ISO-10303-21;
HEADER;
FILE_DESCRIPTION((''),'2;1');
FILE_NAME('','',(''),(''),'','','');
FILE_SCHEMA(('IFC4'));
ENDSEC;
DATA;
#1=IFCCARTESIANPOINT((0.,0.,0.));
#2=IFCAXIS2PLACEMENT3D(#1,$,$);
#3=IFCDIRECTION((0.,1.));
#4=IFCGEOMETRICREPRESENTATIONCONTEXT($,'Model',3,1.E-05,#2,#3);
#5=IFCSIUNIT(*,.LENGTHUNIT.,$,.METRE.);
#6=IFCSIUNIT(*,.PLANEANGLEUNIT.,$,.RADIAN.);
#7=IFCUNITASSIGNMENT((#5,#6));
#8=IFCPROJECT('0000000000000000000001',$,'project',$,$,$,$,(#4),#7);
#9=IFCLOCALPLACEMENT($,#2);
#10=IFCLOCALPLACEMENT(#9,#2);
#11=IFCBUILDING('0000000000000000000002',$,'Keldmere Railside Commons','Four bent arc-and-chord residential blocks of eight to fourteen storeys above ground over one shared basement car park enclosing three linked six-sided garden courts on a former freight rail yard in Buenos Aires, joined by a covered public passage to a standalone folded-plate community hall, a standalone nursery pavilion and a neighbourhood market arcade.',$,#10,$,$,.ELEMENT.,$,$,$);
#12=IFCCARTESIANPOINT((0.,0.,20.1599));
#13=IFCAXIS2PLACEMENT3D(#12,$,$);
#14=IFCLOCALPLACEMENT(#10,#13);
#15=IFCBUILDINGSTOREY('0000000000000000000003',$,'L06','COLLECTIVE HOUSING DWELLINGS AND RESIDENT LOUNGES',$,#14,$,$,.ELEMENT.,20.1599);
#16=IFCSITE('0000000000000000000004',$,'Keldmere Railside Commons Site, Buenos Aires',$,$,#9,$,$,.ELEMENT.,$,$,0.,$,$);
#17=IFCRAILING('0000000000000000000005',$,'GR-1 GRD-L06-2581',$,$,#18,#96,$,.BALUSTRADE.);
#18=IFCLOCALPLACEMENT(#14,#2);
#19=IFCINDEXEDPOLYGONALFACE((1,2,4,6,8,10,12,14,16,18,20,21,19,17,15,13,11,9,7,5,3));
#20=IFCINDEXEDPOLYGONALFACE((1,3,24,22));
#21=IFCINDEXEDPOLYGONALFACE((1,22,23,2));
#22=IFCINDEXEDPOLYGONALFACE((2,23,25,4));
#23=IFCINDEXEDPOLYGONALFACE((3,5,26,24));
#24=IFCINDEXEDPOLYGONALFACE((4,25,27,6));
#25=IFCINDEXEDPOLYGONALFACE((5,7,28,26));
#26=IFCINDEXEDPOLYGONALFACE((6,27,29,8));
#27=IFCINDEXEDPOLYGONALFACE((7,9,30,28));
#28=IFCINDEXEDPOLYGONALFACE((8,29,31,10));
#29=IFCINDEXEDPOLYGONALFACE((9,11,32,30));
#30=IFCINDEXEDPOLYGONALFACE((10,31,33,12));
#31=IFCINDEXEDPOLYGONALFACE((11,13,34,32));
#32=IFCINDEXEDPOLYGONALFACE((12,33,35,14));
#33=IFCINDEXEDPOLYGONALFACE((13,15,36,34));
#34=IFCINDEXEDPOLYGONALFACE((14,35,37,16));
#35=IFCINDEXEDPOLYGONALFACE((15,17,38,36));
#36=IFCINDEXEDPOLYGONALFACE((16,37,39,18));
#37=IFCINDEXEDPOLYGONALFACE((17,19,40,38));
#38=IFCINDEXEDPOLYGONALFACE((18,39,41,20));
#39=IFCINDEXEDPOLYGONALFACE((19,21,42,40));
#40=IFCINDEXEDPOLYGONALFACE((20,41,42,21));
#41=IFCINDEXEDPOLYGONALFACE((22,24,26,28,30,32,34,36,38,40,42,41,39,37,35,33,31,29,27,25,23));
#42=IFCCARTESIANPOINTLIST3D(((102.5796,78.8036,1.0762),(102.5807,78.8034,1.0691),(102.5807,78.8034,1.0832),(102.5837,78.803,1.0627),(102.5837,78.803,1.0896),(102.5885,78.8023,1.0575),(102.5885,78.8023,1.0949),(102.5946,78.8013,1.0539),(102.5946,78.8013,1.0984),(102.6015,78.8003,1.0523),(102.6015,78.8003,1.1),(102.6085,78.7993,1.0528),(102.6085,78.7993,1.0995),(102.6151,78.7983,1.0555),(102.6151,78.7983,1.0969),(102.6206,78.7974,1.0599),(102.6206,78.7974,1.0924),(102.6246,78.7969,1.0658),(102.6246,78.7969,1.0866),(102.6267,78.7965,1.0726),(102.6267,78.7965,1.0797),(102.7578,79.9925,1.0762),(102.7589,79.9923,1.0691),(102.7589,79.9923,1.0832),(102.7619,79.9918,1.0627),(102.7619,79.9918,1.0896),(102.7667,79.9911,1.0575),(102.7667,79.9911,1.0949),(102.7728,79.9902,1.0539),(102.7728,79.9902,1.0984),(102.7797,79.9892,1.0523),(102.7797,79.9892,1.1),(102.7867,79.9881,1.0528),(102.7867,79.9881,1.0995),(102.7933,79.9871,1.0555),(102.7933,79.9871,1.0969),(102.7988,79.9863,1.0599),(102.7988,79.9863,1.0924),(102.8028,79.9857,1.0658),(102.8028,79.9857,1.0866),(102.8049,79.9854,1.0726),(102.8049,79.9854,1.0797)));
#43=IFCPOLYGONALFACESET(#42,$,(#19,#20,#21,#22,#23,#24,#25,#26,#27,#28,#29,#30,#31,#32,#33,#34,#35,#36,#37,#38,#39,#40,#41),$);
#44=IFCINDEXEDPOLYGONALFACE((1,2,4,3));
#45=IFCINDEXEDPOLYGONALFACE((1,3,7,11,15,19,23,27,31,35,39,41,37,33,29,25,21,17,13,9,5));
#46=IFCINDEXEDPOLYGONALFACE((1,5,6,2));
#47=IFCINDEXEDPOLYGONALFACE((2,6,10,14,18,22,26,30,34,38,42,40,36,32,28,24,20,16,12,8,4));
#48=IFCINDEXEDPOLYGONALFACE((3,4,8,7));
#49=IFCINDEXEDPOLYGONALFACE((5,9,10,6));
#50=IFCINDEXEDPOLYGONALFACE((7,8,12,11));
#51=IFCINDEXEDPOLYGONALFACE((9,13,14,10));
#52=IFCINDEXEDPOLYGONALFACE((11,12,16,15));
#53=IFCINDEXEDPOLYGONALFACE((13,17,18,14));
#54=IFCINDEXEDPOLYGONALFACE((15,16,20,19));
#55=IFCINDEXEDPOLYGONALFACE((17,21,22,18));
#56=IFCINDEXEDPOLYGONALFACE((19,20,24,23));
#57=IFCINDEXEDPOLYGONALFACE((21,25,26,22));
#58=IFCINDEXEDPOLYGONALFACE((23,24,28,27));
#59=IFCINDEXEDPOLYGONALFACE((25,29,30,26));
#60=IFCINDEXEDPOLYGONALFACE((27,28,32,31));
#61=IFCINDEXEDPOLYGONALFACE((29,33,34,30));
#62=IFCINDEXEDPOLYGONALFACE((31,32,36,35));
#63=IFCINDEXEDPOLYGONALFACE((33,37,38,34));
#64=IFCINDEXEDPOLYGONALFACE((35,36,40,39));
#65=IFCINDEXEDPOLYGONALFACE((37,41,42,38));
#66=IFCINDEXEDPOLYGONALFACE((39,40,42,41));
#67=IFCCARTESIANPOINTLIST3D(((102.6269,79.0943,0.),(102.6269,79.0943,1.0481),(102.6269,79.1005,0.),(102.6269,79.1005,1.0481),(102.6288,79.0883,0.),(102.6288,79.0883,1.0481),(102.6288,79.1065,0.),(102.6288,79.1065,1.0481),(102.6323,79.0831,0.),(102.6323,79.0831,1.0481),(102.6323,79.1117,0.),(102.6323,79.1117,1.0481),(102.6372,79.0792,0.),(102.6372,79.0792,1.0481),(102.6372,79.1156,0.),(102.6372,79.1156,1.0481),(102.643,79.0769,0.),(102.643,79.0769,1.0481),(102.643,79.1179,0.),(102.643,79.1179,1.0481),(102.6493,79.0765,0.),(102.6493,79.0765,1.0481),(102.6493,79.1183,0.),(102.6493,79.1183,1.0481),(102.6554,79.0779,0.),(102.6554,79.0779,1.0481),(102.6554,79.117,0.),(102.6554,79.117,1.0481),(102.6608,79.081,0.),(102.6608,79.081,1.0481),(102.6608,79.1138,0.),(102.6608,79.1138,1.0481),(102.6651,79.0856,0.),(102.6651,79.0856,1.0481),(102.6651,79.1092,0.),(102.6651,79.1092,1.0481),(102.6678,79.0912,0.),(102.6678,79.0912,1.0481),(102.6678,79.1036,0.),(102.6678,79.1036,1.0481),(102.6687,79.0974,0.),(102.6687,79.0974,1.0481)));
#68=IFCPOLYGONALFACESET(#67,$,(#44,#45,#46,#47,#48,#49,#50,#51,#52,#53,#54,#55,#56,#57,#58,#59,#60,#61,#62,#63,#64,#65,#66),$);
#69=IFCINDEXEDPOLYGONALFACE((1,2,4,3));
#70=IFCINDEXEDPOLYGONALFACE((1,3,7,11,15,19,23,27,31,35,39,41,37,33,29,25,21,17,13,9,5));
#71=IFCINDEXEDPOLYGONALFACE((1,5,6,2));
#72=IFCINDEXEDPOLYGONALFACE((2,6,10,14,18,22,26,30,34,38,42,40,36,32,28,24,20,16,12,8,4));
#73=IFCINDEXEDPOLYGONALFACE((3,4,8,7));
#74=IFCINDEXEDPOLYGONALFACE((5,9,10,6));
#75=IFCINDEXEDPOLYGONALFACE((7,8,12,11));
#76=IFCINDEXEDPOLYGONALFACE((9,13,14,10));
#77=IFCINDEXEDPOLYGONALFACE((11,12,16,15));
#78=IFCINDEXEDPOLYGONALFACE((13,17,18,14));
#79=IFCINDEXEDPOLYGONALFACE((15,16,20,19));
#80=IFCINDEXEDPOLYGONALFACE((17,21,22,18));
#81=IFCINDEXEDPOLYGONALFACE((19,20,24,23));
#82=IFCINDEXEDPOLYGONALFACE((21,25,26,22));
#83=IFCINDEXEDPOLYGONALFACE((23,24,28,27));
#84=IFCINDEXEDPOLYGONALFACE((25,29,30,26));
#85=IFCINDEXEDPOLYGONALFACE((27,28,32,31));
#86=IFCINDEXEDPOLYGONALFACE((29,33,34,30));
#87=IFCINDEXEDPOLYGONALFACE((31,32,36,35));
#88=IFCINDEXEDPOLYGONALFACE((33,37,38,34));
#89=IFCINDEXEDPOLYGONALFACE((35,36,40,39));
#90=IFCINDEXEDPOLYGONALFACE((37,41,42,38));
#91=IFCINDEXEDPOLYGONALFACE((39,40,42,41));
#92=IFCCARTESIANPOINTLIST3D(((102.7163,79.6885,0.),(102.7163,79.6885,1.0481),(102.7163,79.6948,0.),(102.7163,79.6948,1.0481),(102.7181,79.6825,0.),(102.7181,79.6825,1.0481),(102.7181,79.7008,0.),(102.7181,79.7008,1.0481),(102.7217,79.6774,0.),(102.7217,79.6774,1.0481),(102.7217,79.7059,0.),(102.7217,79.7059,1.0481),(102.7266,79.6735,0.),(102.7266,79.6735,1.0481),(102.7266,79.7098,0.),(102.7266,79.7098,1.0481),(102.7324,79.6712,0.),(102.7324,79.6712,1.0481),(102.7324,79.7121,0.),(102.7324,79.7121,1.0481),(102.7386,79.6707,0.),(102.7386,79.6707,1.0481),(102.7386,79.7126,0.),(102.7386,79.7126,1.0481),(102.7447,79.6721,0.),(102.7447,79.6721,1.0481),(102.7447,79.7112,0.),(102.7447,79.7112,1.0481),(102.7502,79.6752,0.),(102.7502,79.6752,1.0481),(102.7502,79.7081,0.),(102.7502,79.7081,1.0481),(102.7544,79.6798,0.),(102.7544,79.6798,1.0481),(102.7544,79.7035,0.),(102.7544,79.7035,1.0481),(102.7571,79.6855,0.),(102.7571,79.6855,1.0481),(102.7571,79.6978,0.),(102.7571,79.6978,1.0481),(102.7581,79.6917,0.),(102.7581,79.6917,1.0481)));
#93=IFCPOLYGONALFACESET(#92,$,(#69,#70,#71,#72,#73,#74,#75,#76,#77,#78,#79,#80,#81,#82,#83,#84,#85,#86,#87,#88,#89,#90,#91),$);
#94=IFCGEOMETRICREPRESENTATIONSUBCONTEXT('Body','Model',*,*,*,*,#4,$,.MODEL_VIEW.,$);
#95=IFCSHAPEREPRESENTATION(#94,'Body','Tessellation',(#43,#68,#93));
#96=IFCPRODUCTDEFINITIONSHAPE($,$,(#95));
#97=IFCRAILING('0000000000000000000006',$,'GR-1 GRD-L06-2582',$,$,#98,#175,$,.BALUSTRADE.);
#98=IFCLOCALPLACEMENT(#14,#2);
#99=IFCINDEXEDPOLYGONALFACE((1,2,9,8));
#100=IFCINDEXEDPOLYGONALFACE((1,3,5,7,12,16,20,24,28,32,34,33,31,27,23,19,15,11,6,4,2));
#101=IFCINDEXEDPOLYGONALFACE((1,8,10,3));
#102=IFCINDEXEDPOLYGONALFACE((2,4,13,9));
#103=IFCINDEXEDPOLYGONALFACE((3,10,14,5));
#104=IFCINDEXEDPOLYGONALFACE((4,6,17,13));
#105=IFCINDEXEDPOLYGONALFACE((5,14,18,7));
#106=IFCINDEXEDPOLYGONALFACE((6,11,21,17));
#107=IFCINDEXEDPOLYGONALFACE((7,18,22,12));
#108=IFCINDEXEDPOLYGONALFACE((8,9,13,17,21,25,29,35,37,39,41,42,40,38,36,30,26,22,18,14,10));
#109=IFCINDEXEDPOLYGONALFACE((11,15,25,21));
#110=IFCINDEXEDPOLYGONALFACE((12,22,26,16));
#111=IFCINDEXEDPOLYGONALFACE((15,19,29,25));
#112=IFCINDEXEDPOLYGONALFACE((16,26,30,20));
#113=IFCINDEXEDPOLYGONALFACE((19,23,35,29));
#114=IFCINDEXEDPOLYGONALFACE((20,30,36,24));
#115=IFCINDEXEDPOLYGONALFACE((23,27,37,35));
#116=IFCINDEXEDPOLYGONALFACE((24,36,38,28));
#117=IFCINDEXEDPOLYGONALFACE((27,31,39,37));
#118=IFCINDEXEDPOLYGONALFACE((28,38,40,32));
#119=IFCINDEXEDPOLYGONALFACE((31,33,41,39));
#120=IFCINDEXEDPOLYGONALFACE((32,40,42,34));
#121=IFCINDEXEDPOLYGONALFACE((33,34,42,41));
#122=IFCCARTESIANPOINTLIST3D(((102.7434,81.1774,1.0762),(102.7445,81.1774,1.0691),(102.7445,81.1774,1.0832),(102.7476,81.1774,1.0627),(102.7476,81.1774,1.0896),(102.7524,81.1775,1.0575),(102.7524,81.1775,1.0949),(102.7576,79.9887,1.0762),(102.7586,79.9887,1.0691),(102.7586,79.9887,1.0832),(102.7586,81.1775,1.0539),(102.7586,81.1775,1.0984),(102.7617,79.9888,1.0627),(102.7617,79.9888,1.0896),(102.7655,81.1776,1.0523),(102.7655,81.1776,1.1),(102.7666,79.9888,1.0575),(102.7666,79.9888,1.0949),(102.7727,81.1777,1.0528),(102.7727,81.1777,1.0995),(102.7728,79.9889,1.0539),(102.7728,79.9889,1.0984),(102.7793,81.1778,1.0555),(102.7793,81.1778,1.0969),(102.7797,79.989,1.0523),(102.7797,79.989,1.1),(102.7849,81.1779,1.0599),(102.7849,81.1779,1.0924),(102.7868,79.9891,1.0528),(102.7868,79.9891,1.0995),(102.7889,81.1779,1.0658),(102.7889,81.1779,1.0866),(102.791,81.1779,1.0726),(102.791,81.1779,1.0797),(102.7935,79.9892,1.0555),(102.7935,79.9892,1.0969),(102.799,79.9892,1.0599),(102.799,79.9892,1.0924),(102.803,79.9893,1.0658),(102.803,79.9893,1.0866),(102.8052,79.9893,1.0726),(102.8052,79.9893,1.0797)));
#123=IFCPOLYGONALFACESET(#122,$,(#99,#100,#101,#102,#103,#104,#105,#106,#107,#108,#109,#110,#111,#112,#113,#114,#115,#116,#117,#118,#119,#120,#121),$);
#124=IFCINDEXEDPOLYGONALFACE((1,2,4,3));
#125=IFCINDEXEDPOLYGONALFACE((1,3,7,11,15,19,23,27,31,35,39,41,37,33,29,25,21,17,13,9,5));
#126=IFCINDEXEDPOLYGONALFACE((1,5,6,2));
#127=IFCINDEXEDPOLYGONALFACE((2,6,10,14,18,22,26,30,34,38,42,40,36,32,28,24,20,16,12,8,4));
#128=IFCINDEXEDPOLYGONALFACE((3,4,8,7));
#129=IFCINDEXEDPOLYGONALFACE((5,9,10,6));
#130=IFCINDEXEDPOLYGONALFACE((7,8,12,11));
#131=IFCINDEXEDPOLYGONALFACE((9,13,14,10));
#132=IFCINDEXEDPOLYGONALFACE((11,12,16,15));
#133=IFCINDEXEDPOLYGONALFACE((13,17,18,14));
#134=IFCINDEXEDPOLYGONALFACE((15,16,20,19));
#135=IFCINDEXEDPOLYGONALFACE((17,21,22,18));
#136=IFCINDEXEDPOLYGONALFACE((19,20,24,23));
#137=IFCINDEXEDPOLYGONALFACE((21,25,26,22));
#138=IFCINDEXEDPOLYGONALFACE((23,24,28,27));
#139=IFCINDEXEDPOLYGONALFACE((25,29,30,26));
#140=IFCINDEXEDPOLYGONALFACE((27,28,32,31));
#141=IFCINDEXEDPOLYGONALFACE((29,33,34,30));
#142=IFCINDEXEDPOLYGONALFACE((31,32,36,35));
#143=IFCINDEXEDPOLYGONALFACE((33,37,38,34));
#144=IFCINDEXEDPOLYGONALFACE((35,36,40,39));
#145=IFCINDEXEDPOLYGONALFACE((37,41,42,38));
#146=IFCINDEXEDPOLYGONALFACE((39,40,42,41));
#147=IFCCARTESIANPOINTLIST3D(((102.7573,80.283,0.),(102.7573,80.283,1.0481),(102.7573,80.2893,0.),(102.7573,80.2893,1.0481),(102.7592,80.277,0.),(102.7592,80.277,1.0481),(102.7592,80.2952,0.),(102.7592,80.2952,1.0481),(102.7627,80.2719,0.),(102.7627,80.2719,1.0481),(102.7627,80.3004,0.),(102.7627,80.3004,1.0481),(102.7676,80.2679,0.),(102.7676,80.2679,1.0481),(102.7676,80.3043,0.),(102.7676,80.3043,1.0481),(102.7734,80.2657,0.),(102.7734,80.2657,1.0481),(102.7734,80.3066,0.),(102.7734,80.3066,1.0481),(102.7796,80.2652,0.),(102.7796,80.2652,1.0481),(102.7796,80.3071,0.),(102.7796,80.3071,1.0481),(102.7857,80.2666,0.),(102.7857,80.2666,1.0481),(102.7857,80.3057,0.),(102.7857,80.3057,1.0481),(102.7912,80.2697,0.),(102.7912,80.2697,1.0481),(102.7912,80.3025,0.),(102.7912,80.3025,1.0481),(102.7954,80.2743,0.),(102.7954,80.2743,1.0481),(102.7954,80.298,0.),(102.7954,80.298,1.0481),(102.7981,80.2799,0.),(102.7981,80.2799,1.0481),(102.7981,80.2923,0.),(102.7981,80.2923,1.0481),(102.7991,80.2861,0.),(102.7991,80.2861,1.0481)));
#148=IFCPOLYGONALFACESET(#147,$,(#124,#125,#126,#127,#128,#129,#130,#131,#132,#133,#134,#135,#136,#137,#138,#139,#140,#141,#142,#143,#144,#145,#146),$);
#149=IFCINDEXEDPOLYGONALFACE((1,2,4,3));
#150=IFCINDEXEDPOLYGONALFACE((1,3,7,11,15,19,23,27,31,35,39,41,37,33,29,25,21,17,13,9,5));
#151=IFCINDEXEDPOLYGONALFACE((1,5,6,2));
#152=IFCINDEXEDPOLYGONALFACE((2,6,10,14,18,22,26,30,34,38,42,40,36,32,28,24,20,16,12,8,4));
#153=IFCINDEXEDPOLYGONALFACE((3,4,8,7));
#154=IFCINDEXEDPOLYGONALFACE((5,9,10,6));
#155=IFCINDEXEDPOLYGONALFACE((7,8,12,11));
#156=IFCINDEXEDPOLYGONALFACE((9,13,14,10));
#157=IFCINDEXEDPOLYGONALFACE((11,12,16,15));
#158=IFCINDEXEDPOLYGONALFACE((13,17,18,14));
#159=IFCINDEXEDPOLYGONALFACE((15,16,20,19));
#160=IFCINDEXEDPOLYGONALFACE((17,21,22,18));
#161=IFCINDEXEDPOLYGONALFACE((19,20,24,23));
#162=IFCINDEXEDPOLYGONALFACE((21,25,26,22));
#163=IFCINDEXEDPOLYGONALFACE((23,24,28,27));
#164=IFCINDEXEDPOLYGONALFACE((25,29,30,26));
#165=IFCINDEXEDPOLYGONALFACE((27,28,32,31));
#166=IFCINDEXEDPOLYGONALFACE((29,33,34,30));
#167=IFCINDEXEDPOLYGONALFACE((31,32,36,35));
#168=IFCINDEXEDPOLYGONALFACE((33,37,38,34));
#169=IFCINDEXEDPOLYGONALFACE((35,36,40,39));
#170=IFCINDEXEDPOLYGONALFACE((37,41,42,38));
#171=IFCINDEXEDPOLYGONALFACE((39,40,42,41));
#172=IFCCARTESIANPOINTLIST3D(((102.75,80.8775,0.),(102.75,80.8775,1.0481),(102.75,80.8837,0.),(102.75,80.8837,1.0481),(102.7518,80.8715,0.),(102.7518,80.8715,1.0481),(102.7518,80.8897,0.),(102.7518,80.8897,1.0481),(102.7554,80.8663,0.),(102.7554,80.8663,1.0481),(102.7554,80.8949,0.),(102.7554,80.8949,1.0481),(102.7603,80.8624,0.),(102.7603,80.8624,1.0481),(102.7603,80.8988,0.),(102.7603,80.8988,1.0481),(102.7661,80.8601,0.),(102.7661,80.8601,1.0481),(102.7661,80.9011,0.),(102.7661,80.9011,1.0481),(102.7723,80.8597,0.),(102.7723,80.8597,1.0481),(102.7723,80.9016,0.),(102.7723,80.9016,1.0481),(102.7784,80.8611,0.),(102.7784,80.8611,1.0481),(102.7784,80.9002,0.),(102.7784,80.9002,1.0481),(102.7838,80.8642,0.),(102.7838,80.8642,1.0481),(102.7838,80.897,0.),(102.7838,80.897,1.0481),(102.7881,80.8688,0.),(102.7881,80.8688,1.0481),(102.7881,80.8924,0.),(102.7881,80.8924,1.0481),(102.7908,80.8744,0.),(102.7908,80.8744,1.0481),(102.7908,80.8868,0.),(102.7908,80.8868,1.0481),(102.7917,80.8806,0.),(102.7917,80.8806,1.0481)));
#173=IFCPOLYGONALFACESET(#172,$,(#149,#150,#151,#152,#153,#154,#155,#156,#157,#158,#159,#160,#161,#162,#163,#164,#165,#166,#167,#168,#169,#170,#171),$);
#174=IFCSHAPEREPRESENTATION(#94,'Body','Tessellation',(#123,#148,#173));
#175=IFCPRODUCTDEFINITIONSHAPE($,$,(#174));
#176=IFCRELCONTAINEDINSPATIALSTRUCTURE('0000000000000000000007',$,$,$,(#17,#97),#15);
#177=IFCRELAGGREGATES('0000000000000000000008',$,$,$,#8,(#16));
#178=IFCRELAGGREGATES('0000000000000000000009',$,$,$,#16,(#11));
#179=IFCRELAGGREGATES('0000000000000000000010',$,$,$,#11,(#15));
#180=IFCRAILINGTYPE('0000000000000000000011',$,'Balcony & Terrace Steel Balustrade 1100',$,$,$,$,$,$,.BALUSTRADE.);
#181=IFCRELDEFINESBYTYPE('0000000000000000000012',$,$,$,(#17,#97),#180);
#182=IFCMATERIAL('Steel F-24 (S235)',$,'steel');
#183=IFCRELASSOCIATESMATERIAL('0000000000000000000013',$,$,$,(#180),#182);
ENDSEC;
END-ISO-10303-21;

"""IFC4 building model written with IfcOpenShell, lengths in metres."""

from ifc_helpers import new_model, si_unit, direction, frame, origin, origin_2d, place, context, subcontext, project, spatial, circle, extrude, material, type_object, element, save


model = new_model("IFC4")

# Units and contexts
model_context = context("Model", 3, precision=1e-05, world=origin(), true_north=direction((0.0, 1.0)))
body_context = subcontext(model_context, "Body", "Model", "MODEL_VIEW")
ifc_project = project(units=[si_unit("LENGTHUNIT", "METRE"), si_unit("PLANEANGLEUNIT", "RADIAN")], contexts=[model_context])

# Site, building, storey
site_placement = place(None, origin())
site = spatial("IfcSite", under=ifc_project, at=site_placement, Name="Keldmere Railside Commons Site, Buenos Aires", CompositionType="ELEMENT", RefElevation=0.0)
building_placement = place(site_placement, origin())
building = spatial("IfcBuilding", under=site, at=building_placement, Name="Keldmere Railside Commons", Description="Four bent arc-and-chord residential blocks of eight to fourteen storeys above ground over one shared basement car park enclosing three linked six-sided garden courts on a former freight rail yard in Buenos Aires, joined by a covered public passage to a standalone folded-plate community hall, a standalone nursery pavilion and a neighbourhood market arcade.", CompositionType="ELEMENT")
storey_placement = place(building_placement, frame((0.0, 0.0, 20.1599)))
storey = spatial("IfcBuildingStorey", under=building, at=storey_placement, Name="L06", Description="COLLECTIVE HOUSING DWELLINGS AND RESIDENT LOUNGES", CompositionType="ELEMENT", Elevation=20.1599)

# Shared definitions
ifc_material_1 = material(Name="Steel F-24 (S235)", Category="steel")

# Railings
railing_type = type_object("IfcRailingType", Name="Balcony & Terrace Steel Balustrade 1100", PredefinedType="BALUSTRADE", material=ifc_material_1)
railing_1_placement = place(storey_placement, frame((102.6033, 78.8, 0.0)))
element("IfcRailing", 1, at=railing_1_placement, inside=storey, type_object=railing_type, Name="GR-1 GRD-L06-2581", PredefinedType="BALUSTRADE", context=body_context, shape_type="SweptSolid", body=[
    extrude(circle(Radius=0.0239, at=origin_2d()), frame((0.0, 0.0, 1.0762), z_axis=(0.148241, 0.988951, 0.0), x_axis=(-0.988951, 0.148241, 0.0)), (0.0, 0.0, 1.0), 1.2021),
    extrude(circle(Radius=0.021, at=origin_2d()), frame((0.0444, 0.2974, 0.0)), (0.0, 0.0, 1.0), 1.0481),
    extrude(circle(Radius=0.021, at=origin_2d()), frame((0.1338, 0.8916, 0.0)), (0.0, 0.0, 1.0), 1.0481),
])
railing_2_placement = place(storey_placement, frame((102.7815, 79.989, 0.0)))
element("IfcRailing", 2, at=railing_2_placement, inside=storey, type_object=railing_type, Name="GR-1 GRD-L06-2582", PredefinedType="BALUSTRADE", context=body_context, shape_type="SweptSolid", body=[
    extrude(circle(Radius=0.0239, at=origin_2d()), frame((0.0, 0.0, 1.0762), z_axis=(-0.011911, 0.999929, 0.0), x_axis=(-0.999929, -0.011911, 0.0)), (0.0, 0.0, 1.0), 1.1887),
    extrude(circle(Radius=0.021, at=origin_2d()), frame((-0.0034, 0.2971, 0.0)), (0.0, 0.0, 1.0), 1.0481),
    extrude(circle(Radius=0.021, at=origin_2d()), frame((-0.0107, 0.8916, 0.0)), (0.0, 0.0, 1.0), 1.0481),
])

save(model, "model.ifc")
